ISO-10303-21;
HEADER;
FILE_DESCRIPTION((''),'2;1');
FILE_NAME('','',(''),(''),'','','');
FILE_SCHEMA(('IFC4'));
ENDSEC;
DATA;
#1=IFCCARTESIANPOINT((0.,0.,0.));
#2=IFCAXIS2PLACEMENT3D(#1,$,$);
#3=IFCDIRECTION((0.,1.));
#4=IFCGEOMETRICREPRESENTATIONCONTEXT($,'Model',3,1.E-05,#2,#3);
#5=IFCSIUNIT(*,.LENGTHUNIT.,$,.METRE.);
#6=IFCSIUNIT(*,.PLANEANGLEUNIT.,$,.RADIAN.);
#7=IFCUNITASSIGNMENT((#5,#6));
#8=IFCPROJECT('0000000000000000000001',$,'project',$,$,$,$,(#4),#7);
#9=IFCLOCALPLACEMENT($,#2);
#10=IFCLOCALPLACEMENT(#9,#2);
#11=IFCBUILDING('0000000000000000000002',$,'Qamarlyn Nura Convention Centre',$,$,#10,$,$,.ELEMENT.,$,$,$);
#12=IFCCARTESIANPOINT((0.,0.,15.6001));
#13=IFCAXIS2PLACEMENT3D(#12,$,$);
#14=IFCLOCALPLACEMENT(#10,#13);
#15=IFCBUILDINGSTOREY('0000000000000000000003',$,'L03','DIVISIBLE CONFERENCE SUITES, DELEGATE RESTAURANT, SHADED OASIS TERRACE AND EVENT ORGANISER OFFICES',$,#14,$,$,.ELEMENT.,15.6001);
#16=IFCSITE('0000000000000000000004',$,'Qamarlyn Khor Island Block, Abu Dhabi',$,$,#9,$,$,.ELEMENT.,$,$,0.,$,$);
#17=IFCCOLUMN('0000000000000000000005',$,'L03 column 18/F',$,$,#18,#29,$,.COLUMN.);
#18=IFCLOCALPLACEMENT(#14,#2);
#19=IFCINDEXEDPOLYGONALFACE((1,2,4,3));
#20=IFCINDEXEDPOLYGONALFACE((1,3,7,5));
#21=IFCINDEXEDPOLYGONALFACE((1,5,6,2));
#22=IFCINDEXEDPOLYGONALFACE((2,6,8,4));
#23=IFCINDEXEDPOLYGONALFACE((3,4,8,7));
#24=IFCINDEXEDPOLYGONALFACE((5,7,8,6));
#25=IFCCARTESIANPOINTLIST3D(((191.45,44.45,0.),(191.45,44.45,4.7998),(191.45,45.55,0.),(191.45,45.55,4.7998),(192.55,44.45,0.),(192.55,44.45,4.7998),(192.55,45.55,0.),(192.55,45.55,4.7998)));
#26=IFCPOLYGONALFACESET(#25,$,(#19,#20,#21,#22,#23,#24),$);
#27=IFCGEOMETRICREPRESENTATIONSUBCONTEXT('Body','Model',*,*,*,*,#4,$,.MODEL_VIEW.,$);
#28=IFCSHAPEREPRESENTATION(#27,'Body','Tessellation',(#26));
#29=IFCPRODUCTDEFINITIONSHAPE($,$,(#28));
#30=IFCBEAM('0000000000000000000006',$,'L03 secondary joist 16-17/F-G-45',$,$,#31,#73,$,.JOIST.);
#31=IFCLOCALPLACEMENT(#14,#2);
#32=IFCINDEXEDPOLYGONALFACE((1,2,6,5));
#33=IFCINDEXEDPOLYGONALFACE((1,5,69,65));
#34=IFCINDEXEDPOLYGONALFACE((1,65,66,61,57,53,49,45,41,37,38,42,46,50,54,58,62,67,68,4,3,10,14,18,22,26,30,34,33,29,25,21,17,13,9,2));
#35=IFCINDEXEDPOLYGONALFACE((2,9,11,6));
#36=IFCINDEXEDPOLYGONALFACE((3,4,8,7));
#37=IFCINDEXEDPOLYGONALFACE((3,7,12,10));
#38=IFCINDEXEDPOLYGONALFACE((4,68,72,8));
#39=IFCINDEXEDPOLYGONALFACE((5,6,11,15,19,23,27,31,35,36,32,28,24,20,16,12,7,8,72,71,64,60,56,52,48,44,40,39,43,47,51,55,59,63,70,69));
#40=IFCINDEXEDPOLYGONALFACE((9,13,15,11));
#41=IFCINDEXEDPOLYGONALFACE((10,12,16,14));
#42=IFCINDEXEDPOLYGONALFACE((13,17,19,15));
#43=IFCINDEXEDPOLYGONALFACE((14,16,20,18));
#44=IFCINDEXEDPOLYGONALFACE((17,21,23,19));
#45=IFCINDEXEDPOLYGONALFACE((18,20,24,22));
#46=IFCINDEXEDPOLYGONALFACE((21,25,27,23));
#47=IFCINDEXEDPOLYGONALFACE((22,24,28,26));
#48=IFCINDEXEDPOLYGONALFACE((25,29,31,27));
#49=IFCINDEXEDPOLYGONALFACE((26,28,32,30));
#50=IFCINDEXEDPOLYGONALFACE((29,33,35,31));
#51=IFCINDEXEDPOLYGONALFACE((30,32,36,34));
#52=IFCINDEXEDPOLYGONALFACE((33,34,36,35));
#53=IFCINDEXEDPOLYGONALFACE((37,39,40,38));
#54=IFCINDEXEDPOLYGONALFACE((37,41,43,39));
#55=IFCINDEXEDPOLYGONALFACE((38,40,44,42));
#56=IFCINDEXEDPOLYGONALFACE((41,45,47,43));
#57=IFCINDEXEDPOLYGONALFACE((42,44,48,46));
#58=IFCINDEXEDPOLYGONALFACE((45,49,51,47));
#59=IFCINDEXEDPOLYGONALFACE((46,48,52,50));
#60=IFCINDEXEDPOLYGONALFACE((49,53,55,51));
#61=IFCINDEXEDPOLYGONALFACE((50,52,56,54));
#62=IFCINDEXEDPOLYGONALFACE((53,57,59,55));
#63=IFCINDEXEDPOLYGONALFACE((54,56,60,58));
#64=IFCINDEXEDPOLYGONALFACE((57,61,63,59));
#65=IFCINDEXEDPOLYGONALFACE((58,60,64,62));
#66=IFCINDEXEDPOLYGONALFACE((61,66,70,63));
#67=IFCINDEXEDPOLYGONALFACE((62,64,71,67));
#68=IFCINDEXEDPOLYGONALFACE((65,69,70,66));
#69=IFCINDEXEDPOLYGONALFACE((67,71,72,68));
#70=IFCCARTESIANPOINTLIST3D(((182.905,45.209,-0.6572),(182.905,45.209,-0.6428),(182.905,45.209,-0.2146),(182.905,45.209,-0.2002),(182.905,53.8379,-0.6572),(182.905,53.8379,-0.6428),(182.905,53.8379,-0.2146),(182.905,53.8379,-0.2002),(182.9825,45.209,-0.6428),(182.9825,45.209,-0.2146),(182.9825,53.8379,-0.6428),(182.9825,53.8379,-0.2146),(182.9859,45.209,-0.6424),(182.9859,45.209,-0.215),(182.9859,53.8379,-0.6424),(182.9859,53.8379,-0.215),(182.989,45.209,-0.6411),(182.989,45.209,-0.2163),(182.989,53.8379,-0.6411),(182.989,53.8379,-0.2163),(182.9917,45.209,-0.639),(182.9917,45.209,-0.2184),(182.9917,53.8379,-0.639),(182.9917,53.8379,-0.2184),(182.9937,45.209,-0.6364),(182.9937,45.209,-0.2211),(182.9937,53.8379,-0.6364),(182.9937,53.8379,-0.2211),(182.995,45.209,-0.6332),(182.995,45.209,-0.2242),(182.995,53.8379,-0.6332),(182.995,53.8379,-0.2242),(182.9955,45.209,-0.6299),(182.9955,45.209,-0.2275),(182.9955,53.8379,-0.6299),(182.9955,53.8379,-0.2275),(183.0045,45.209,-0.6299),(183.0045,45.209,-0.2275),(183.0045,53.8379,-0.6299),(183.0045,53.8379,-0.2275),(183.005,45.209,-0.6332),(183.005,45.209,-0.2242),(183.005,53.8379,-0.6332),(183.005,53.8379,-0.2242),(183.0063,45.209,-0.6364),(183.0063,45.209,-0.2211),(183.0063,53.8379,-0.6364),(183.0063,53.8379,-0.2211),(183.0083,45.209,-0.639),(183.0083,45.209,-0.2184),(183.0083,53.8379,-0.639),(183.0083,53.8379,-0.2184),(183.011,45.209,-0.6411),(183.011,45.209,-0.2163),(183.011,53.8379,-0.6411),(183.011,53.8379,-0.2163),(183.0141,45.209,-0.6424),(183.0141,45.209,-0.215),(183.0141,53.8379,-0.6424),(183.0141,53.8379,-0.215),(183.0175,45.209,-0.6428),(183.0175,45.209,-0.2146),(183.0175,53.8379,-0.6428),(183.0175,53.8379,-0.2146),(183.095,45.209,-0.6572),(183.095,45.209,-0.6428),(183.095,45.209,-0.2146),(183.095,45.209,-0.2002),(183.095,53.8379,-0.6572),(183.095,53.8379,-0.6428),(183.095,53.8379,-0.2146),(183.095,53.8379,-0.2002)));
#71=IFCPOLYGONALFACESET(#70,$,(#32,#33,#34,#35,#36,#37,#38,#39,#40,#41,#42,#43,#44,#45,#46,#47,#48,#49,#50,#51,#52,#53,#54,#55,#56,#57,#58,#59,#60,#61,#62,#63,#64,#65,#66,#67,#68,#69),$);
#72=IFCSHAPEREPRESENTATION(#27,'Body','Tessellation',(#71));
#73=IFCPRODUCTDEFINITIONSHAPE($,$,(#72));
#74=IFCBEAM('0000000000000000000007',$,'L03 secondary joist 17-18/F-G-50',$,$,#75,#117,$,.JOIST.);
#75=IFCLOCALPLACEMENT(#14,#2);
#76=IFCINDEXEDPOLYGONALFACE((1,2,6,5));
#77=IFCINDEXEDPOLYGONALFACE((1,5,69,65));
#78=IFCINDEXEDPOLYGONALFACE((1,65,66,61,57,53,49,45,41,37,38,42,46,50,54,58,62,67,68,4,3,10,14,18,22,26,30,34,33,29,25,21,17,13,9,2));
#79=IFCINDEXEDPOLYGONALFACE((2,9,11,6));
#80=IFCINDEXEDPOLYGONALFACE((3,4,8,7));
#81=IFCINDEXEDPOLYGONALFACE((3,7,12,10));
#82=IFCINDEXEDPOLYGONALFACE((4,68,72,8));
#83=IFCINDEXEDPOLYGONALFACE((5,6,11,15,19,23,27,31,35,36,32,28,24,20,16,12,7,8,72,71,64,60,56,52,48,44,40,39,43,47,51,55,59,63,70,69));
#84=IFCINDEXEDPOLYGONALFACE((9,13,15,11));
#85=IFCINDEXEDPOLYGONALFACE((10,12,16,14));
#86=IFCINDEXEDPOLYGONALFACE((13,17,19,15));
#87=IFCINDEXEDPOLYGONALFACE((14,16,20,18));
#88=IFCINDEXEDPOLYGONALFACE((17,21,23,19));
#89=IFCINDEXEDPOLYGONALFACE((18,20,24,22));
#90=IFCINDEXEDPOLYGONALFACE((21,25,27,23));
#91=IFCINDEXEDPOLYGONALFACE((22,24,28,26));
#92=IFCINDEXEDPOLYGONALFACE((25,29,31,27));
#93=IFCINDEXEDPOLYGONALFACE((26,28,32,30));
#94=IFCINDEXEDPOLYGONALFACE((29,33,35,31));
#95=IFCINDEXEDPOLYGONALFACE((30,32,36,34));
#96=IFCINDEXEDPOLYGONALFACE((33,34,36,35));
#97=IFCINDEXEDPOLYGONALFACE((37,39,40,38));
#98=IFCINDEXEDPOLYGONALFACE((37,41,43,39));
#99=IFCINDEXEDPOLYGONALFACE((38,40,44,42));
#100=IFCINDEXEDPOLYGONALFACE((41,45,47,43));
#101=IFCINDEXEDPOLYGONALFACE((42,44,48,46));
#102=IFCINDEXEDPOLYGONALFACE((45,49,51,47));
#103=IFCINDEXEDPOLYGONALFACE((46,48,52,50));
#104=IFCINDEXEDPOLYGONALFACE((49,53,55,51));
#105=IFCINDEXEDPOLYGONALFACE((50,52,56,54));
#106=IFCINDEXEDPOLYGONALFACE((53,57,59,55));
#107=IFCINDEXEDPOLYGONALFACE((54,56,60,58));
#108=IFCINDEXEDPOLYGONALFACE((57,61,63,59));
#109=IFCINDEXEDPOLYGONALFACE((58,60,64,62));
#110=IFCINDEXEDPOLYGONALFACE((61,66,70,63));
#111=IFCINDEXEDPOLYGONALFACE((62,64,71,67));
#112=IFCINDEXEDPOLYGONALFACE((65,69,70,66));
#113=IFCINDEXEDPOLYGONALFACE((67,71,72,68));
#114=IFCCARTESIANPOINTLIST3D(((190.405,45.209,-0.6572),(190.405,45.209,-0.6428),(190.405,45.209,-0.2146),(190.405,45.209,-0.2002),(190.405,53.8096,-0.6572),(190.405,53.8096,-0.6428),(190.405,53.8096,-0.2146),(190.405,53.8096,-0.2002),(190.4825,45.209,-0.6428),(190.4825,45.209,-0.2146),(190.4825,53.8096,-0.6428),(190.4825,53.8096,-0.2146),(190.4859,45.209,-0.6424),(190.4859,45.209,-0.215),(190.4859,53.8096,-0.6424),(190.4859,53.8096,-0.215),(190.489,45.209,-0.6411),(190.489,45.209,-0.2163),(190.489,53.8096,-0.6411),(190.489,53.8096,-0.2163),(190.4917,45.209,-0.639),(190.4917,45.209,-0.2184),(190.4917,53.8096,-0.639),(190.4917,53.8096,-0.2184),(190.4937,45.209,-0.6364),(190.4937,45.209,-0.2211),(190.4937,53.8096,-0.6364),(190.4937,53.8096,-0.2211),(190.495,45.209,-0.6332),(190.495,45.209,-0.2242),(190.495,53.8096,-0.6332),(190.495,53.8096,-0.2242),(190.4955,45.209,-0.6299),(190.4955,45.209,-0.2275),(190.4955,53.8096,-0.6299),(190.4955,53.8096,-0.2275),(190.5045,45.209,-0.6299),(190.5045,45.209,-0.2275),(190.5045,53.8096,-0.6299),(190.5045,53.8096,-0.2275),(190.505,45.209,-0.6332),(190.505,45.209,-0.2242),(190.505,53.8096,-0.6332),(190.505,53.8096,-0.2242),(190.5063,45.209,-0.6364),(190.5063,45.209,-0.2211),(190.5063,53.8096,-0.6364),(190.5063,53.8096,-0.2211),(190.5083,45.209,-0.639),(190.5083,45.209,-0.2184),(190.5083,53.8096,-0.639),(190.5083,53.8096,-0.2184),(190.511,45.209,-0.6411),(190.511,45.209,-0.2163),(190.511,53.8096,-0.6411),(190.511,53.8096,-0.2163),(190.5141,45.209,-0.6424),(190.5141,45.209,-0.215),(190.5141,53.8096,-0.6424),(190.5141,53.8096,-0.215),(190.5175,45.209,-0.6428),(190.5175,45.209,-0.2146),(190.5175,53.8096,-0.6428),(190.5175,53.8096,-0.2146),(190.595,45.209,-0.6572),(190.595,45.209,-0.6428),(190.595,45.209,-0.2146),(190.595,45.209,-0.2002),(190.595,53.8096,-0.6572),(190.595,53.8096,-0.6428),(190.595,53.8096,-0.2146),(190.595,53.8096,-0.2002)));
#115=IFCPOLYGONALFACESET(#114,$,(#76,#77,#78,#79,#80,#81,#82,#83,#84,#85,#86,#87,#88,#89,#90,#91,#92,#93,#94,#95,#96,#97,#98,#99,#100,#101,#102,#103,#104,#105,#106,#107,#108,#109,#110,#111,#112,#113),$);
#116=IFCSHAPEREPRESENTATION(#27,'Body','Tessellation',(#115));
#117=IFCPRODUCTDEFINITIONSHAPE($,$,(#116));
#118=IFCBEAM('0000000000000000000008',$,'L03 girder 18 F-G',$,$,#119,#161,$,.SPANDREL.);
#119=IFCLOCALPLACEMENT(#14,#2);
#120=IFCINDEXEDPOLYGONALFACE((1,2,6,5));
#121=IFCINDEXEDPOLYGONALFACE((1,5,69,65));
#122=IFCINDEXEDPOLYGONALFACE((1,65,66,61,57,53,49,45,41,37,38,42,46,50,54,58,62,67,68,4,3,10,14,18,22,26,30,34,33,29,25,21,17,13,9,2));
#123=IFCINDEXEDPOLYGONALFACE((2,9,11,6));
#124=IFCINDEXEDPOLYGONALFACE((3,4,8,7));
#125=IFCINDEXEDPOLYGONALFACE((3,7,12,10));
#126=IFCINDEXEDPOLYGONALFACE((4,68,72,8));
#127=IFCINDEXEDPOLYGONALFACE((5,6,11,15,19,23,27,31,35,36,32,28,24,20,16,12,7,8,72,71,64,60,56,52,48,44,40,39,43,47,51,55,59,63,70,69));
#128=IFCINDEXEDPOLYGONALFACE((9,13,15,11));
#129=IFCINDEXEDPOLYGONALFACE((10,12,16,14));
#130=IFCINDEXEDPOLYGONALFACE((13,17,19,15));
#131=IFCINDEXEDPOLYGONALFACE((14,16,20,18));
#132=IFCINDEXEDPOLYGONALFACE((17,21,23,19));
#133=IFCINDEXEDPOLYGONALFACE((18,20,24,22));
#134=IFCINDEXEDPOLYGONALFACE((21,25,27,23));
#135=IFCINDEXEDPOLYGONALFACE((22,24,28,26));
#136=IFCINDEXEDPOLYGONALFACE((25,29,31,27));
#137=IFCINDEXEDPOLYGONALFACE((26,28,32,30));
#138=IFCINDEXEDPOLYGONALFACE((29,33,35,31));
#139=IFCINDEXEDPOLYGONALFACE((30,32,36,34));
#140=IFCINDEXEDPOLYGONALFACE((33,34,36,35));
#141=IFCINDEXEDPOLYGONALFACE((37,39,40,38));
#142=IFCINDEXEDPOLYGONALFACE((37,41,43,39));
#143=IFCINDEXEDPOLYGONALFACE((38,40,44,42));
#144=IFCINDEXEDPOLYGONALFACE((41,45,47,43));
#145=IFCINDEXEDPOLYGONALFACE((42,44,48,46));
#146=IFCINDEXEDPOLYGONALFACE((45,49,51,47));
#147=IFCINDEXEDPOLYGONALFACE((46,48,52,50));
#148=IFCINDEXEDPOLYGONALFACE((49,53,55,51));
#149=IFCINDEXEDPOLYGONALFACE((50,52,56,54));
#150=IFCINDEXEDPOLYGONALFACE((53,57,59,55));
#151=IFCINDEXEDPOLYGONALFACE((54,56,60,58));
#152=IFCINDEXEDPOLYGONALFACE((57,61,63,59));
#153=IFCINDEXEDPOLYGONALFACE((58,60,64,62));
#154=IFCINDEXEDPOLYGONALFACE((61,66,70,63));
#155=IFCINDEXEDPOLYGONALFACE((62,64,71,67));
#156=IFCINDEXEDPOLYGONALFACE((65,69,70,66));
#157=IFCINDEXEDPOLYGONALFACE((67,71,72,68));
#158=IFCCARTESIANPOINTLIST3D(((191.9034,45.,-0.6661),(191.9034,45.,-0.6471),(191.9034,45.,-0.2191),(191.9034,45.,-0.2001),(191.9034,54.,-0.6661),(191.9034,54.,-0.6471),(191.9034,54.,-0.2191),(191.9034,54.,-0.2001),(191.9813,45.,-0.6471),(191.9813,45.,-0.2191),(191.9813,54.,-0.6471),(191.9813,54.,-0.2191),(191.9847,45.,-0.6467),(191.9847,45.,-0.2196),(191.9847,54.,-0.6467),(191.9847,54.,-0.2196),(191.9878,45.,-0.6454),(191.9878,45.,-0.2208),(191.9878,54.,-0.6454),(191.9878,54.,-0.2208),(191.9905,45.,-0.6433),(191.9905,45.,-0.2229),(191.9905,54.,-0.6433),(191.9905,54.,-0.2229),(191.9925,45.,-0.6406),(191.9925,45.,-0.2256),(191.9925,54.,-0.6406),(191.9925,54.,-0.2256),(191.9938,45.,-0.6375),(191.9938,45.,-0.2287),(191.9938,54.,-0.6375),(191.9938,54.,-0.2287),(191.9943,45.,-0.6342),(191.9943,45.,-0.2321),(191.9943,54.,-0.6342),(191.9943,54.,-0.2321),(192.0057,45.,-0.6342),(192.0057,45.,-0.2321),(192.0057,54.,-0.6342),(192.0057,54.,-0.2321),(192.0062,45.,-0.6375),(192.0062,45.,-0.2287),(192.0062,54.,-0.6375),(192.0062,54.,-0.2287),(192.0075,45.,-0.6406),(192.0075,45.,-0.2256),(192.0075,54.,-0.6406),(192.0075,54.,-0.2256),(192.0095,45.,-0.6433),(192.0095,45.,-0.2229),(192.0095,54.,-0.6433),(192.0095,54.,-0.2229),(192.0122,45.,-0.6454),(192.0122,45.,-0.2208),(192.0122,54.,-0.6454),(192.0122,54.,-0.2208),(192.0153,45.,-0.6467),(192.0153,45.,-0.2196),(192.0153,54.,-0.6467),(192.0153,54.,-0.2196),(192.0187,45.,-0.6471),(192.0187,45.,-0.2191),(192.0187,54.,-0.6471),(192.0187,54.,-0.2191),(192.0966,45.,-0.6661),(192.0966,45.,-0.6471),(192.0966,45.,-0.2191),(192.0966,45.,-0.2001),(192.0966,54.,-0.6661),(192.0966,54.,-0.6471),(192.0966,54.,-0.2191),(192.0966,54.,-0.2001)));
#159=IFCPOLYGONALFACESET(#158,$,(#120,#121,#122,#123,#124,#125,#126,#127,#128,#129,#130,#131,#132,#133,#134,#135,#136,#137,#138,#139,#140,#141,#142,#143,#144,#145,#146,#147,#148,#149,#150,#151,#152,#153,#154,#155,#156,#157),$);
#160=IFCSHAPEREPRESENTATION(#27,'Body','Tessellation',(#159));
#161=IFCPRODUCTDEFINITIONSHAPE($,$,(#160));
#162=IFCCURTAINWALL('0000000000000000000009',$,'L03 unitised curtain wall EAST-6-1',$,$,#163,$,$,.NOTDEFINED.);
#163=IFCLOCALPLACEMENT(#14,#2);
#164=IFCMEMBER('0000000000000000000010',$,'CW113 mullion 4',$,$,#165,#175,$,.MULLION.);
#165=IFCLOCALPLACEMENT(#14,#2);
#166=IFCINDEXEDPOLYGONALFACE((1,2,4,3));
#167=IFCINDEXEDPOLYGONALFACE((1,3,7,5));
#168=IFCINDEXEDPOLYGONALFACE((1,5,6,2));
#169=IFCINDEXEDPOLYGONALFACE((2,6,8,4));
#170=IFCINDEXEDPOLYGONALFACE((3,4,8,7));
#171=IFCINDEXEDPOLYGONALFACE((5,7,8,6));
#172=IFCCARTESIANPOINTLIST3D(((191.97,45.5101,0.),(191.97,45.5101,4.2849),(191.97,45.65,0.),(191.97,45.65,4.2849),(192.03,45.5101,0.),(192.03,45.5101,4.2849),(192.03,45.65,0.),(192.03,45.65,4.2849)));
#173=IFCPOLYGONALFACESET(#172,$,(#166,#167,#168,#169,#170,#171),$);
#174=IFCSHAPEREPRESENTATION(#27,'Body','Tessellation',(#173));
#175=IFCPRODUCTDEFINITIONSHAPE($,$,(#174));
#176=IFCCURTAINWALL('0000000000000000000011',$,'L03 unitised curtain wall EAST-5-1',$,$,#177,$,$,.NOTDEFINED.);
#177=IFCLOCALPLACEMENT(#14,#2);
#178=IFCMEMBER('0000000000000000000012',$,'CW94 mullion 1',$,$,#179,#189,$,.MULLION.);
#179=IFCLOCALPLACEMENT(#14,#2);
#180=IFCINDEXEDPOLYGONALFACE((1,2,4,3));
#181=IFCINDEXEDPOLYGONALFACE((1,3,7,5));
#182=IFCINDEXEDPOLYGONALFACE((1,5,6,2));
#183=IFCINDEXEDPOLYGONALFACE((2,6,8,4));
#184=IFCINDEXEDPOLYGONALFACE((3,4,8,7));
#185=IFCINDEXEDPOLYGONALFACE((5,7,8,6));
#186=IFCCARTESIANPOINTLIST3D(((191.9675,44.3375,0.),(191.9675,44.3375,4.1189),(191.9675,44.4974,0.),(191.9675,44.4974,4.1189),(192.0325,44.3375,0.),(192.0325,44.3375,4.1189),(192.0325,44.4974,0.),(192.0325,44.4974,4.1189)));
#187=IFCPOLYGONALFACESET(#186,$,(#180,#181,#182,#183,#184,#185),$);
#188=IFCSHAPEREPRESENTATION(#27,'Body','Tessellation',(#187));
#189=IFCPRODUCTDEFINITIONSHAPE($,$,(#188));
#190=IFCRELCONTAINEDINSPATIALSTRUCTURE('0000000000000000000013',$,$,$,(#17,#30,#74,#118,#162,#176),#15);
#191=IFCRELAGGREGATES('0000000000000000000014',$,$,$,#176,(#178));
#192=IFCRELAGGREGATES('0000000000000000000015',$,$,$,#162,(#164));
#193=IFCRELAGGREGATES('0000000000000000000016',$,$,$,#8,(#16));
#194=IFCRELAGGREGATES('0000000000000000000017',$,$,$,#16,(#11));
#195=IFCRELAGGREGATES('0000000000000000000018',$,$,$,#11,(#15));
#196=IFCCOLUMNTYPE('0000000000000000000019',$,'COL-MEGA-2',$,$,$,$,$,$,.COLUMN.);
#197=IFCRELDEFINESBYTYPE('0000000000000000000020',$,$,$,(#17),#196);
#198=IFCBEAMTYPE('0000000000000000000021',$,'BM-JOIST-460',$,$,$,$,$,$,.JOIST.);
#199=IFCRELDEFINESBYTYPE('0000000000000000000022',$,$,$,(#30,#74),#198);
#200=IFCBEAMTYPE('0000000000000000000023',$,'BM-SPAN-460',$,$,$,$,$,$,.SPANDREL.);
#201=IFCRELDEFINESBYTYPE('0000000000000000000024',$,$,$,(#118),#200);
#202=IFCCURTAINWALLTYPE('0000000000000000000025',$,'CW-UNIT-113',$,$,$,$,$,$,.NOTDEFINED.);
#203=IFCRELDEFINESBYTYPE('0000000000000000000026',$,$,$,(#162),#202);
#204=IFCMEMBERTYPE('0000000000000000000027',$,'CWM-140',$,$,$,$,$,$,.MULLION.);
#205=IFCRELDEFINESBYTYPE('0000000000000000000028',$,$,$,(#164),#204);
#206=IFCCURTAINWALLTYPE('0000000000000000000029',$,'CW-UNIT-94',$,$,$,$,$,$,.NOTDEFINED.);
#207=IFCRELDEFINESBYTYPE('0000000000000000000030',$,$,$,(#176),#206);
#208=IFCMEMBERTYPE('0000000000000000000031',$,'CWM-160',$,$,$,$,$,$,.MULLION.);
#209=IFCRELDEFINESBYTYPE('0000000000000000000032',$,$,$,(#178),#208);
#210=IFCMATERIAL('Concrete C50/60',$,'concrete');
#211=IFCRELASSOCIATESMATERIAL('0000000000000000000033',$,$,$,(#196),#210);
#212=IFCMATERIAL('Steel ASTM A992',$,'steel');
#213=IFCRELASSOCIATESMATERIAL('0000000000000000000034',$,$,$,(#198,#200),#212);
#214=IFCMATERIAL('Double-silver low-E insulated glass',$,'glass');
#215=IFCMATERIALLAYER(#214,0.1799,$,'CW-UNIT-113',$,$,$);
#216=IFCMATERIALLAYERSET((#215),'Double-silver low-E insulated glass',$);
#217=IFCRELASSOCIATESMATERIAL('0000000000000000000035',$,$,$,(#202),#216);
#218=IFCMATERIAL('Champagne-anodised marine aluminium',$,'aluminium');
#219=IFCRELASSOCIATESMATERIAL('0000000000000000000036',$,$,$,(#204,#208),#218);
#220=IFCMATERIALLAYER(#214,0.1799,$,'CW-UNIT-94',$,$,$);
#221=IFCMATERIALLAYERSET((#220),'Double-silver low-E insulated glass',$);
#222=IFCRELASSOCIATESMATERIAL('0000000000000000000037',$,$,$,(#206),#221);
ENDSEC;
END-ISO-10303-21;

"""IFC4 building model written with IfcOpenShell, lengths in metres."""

from ifc_helpers import new_model, si_unit, direction, frame, origin, origin_2d, place, context, subcontext, project, spatial, rectangle, i_section, extrude, material, layer, layer_set, material_profile, profile_set, type_object, element, aggregate, save


model = new_model("IFC4")

# Units and contexts
model_context = context("Model", 3, precision=1e-05, world=origin(), true_north=direction((0.0, 1.0)))
body_context = subcontext(model_context, "Body", "Model", "MODEL_VIEW")
ifc_project = project(units=[si_unit("LENGTHUNIT", "METRE"), si_unit("PLANEANGLEUNIT", "RADIAN")], contexts=[model_context])

# Site, building, storey
site_placement = place(None, origin())
site = spatial("IfcSite", under=ifc_project, at=site_placement, Name="Qamarlyn Khor Island Block, Abu Dhabi", CompositionType="ELEMENT", RefElevation=0.0)
building_placement = place(site_placement, origin())
building = spatial("IfcBuilding", under=site, at=building_placement, Name="Qamarlyn Nura Convention Centre", CompositionType="ELEMENT")
storey_placement = place(building_placement, frame((0.0, 0.0, 15.6001)))
storey = spatial("IfcBuildingStorey", under=building, at=storey_placement, Name="L03", Description="DIVISIBLE CONFERENCE SUITES, DELEGATE RESTAURANT, SHADED OASIS TERRACE AND EVENT ORGANISER OFFICES", CompositionType="ELEMENT", Elevation=15.6001)

# Column
ifc_material_1 = material(Name="Concrete C50/60", Category="concrete")
ifc_material_profile_1 = material_profile(ifc_material_1, rectangle(XDim=1.1001, YDim=1.1001, at=origin_2d()), Name="RC 1100x1100")
ifc_profile_set_1 = profile_set([ifc_material_profile_1], Name="Concrete C50/60")
column_type = type_object("IfcColumnType", Name="COL-MEGA-2", PredefinedType="COLUMN", material=ifc_profile_set_1)
column_placement = place(storey_placement, frame((192.0, 45.0, 0.0), z_axis=(0.0, 0.0, 1.0), x_axis=(1.0, 0.0, 0.0)))
element("IfcColumn", 1, at=column_placement, inside=storey, type_object=column_type, Name="L03 column 18/F", PredefinedType="COLUMN", context=body_context, shape_type="SweptSolid", body=[
    extrude(rectangle(XDim=1.1001, YDim=1.1001, at=origin_2d()), origin(), (0.0, 0.0, 1.0), 4.7998),
])

# Beams
ifc_material_2 = material(Name="Steel ASTM A992", Category="steel")
ifc_material_profile_2 = material_profile(ifc_material_2, i_section(OverallWidth=0.1899, OverallDepth=0.457, WebThickness=0.009, FlangeThickness=0.0144, FilletRadius=0.0129, at=origin_2d()), Name="W460X74")
ifc_profile_set_2 = profile_set([ifc_material_profile_2], Name="Steel ASTM A992")
beam_type_1 = type_object("IfcBeamType", Name="BM-JOIST-460", PredefinedType="JOIST", material=ifc_profile_set_2)
beam_1_placement = place(storey_placement, frame((183.0, 45.209, -0.4287), z_axis=(0.0, 1.0, 0.0), x_axis=(-1.0, 0.0, 0.0)))
element("IfcBeam", 2, at=beam_1_placement, inside=storey, type_object=beam_type_1, Name="L03 secondary joist 16-17/F-G-45", PredefinedType="JOIST", context=body_context, shape_type="SweptSolid", body=[
    extrude(i_section(OverallWidth=0.1899, OverallDepth=0.457, WebThickness=0.009, FlangeThickness=0.0144, FilletRadius=0.0129, at=origin_2d()), origin(), (0.0, 0.0, 1.0), 8.6289),
])
beam_2_placement = place(storey_placement, frame((190.5, 45.209, -0.4287), z_axis=(0.0, 1.0, 0.0), x_axis=(-1.0, 0.0, 0.0)))
element("IfcBeam", 3, at=beam_2_placement, inside=storey, type_object=beam_type_1, Name="L03 secondary joist 17-18/F-G-50", PredefinedType="JOIST", context=body_context, shape_type="SweptSolid", body=[
    extrude(i_section(OverallWidth=0.1899, OverallDepth=0.457, WebThickness=0.009, FlangeThickness=0.0144, FilletRadius=0.0129, at=origin_2d()), origin(), (0.0, 0.0, 1.0), 8.6006),
])
ifc_material_profile_3 = material_profile(ifc_material_2, i_section(OverallWidth=0.1931, OverallDepth=0.4661, WebThickness=0.0115, FlangeThickness=0.019, FilletRadius=0.0129, at=origin_2d()), Name="W460X97")
ifc_profile_set_3 = profile_set([ifc_material_profile_3], Name="Steel ASTM A992")
beam_type_2 = type_object("IfcBeamType", Name="BM-SPAN-460", PredefinedType="SPANDREL", material=ifc_profile_set_3)
beam_3_placement = place(storey_placement, frame((192.0, 45.0, -0.4331), z_axis=(0.0, 1.0, 0.0), x_axis=(-1.0, 0.0, 0.0)))
element("IfcBeam", 4, at=beam_3_placement, inside=storey, type_object=beam_type_2, Name="L03 girder 18 F-G", PredefinedType="SPANDREL", context=body_context, shape_type="SweptSolid", body=[
    extrude(i_section(OverallWidth=0.1931, OverallDepth=0.4661, WebThickness=0.0115, FlangeThickness=0.019, FilletRadius=0.0129, at=origin_2d()), origin(), (0.0, 0.0, 1.0), 9.0),
])

# Curtain wall, member
ifc_material_3 = material(Name="Double-silver low-E insulated glass", Category="glass")
ifc_layer_1 = layer(ifc_material_3, 0.1799, Name="CW-UNIT-113")
ifc_layer_set_1 = layer_set([ifc_layer_1], Name="Double-silver low-E insulated glass")
curtain_wall_type_1 = type_object("IfcCurtainWallType", Name="CW-UNIT-113", PredefinedType="NOTDEFINED", material=ifc_layer_set_1)
curtain_wall_1_placement = place(storey_placement, origin())
curtain_wall_1 = element("IfcCurtainWall", 5, at=curtain_wall_1_placement, inside=storey, type_object=curtain_wall_type_1, Name="L03 unitised curtain wall EAST-6-1", PredefinedType="NOTDEFINED")
ifc_material_4 = material(Name="Champagne-anodised marine aluminium", Category="aluminium")
ifc_material_profile_4 = material_profile(ifc_material_4, rectangle(XDim=0.0601, YDim=0.1399, at=origin_2d()), Name="ALU MULLION 60x140")
ifc_profile_set_4 = profile_set([ifc_material_profile_4], Name="Champagne-anodised marine aluminium")
member_type_1 = type_object("IfcMemberType", Name="CWM-140", PredefinedType="MULLION", material=ifc_profile_set_4)
member_1_placement = place(storey_placement, frame((192.0, 45.5801, 0.0), z_axis=(0.0, 0.0, 1.0), x_axis=(1.0, 0.0, 0.0)))
member_1 = element("IfcMember", 6, at=member_1_placement, type_object=member_type_1, Name="CW113 mullion 4", PredefinedType="MULLION", context=body_context, shape_type="SweptSolid", body=[
    extrude(rectangle(XDim=0.0601, YDim=0.1399, at=origin_2d()), origin(), (0.0, 0.0, 1.0), 4.2849),
])

# Curtain wall, member
ifc_layer_2 = layer(ifc_material_3, 0.1799, Name="CW-UNIT-94")
ifc_layer_set_2 = layer_set([ifc_layer_2], Name="Double-silver low-E insulated glass")
curtain_wall_type_2 = type_object("IfcCurtainWallType", Name="CW-UNIT-94", PredefinedType="NOTDEFINED", material=ifc_layer_set_2)
curtain_wall_2_placement = place(storey_placement, origin())
curtain_wall_2 = element("IfcCurtainWall", 7, at=curtain_wall_2_placement, inside=storey, type_object=curtain_wall_type_2, Name="L03 unitised curtain wall EAST-5-1", PredefinedType="NOTDEFINED")
ifc_material_profile_5 = material_profile(ifc_material_4, rectangle(XDim=0.0649, YDim=0.1599, at=origin_2d()), Name="ALU MULLION 65x160")
ifc_profile_set_5 = profile_set([ifc_material_profile_5], Name="Champagne-anodised marine aluminium")
member_type_2 = type_object("IfcMemberType", Name="CWM-160", PredefinedType="MULLION", material=ifc_profile_set_5)
member_2_placement = place(storey_placement, frame((192.0, 44.4175, 0.0), z_axis=(0.0, 0.0, 1.0), x_axis=(1.0, 0.0, 0.0)))
member_2 = element("IfcMember", 8, at=member_2_placement, type_object=member_type_2, Name="CW94 mullion 1", PredefinedType="MULLION", context=body_context, shape_type="SweptSolid", body=[
    extrude(rectangle(XDim=0.0649, YDim=0.1599, at=origin_2d()), origin(), (0.0, 0.0, 1.0), 4.1189),
])
aggregate(curtain_wall_2, [member_2])

aggregate(curtain_wall_1, [member_1])

save(model, "model.ifc")
